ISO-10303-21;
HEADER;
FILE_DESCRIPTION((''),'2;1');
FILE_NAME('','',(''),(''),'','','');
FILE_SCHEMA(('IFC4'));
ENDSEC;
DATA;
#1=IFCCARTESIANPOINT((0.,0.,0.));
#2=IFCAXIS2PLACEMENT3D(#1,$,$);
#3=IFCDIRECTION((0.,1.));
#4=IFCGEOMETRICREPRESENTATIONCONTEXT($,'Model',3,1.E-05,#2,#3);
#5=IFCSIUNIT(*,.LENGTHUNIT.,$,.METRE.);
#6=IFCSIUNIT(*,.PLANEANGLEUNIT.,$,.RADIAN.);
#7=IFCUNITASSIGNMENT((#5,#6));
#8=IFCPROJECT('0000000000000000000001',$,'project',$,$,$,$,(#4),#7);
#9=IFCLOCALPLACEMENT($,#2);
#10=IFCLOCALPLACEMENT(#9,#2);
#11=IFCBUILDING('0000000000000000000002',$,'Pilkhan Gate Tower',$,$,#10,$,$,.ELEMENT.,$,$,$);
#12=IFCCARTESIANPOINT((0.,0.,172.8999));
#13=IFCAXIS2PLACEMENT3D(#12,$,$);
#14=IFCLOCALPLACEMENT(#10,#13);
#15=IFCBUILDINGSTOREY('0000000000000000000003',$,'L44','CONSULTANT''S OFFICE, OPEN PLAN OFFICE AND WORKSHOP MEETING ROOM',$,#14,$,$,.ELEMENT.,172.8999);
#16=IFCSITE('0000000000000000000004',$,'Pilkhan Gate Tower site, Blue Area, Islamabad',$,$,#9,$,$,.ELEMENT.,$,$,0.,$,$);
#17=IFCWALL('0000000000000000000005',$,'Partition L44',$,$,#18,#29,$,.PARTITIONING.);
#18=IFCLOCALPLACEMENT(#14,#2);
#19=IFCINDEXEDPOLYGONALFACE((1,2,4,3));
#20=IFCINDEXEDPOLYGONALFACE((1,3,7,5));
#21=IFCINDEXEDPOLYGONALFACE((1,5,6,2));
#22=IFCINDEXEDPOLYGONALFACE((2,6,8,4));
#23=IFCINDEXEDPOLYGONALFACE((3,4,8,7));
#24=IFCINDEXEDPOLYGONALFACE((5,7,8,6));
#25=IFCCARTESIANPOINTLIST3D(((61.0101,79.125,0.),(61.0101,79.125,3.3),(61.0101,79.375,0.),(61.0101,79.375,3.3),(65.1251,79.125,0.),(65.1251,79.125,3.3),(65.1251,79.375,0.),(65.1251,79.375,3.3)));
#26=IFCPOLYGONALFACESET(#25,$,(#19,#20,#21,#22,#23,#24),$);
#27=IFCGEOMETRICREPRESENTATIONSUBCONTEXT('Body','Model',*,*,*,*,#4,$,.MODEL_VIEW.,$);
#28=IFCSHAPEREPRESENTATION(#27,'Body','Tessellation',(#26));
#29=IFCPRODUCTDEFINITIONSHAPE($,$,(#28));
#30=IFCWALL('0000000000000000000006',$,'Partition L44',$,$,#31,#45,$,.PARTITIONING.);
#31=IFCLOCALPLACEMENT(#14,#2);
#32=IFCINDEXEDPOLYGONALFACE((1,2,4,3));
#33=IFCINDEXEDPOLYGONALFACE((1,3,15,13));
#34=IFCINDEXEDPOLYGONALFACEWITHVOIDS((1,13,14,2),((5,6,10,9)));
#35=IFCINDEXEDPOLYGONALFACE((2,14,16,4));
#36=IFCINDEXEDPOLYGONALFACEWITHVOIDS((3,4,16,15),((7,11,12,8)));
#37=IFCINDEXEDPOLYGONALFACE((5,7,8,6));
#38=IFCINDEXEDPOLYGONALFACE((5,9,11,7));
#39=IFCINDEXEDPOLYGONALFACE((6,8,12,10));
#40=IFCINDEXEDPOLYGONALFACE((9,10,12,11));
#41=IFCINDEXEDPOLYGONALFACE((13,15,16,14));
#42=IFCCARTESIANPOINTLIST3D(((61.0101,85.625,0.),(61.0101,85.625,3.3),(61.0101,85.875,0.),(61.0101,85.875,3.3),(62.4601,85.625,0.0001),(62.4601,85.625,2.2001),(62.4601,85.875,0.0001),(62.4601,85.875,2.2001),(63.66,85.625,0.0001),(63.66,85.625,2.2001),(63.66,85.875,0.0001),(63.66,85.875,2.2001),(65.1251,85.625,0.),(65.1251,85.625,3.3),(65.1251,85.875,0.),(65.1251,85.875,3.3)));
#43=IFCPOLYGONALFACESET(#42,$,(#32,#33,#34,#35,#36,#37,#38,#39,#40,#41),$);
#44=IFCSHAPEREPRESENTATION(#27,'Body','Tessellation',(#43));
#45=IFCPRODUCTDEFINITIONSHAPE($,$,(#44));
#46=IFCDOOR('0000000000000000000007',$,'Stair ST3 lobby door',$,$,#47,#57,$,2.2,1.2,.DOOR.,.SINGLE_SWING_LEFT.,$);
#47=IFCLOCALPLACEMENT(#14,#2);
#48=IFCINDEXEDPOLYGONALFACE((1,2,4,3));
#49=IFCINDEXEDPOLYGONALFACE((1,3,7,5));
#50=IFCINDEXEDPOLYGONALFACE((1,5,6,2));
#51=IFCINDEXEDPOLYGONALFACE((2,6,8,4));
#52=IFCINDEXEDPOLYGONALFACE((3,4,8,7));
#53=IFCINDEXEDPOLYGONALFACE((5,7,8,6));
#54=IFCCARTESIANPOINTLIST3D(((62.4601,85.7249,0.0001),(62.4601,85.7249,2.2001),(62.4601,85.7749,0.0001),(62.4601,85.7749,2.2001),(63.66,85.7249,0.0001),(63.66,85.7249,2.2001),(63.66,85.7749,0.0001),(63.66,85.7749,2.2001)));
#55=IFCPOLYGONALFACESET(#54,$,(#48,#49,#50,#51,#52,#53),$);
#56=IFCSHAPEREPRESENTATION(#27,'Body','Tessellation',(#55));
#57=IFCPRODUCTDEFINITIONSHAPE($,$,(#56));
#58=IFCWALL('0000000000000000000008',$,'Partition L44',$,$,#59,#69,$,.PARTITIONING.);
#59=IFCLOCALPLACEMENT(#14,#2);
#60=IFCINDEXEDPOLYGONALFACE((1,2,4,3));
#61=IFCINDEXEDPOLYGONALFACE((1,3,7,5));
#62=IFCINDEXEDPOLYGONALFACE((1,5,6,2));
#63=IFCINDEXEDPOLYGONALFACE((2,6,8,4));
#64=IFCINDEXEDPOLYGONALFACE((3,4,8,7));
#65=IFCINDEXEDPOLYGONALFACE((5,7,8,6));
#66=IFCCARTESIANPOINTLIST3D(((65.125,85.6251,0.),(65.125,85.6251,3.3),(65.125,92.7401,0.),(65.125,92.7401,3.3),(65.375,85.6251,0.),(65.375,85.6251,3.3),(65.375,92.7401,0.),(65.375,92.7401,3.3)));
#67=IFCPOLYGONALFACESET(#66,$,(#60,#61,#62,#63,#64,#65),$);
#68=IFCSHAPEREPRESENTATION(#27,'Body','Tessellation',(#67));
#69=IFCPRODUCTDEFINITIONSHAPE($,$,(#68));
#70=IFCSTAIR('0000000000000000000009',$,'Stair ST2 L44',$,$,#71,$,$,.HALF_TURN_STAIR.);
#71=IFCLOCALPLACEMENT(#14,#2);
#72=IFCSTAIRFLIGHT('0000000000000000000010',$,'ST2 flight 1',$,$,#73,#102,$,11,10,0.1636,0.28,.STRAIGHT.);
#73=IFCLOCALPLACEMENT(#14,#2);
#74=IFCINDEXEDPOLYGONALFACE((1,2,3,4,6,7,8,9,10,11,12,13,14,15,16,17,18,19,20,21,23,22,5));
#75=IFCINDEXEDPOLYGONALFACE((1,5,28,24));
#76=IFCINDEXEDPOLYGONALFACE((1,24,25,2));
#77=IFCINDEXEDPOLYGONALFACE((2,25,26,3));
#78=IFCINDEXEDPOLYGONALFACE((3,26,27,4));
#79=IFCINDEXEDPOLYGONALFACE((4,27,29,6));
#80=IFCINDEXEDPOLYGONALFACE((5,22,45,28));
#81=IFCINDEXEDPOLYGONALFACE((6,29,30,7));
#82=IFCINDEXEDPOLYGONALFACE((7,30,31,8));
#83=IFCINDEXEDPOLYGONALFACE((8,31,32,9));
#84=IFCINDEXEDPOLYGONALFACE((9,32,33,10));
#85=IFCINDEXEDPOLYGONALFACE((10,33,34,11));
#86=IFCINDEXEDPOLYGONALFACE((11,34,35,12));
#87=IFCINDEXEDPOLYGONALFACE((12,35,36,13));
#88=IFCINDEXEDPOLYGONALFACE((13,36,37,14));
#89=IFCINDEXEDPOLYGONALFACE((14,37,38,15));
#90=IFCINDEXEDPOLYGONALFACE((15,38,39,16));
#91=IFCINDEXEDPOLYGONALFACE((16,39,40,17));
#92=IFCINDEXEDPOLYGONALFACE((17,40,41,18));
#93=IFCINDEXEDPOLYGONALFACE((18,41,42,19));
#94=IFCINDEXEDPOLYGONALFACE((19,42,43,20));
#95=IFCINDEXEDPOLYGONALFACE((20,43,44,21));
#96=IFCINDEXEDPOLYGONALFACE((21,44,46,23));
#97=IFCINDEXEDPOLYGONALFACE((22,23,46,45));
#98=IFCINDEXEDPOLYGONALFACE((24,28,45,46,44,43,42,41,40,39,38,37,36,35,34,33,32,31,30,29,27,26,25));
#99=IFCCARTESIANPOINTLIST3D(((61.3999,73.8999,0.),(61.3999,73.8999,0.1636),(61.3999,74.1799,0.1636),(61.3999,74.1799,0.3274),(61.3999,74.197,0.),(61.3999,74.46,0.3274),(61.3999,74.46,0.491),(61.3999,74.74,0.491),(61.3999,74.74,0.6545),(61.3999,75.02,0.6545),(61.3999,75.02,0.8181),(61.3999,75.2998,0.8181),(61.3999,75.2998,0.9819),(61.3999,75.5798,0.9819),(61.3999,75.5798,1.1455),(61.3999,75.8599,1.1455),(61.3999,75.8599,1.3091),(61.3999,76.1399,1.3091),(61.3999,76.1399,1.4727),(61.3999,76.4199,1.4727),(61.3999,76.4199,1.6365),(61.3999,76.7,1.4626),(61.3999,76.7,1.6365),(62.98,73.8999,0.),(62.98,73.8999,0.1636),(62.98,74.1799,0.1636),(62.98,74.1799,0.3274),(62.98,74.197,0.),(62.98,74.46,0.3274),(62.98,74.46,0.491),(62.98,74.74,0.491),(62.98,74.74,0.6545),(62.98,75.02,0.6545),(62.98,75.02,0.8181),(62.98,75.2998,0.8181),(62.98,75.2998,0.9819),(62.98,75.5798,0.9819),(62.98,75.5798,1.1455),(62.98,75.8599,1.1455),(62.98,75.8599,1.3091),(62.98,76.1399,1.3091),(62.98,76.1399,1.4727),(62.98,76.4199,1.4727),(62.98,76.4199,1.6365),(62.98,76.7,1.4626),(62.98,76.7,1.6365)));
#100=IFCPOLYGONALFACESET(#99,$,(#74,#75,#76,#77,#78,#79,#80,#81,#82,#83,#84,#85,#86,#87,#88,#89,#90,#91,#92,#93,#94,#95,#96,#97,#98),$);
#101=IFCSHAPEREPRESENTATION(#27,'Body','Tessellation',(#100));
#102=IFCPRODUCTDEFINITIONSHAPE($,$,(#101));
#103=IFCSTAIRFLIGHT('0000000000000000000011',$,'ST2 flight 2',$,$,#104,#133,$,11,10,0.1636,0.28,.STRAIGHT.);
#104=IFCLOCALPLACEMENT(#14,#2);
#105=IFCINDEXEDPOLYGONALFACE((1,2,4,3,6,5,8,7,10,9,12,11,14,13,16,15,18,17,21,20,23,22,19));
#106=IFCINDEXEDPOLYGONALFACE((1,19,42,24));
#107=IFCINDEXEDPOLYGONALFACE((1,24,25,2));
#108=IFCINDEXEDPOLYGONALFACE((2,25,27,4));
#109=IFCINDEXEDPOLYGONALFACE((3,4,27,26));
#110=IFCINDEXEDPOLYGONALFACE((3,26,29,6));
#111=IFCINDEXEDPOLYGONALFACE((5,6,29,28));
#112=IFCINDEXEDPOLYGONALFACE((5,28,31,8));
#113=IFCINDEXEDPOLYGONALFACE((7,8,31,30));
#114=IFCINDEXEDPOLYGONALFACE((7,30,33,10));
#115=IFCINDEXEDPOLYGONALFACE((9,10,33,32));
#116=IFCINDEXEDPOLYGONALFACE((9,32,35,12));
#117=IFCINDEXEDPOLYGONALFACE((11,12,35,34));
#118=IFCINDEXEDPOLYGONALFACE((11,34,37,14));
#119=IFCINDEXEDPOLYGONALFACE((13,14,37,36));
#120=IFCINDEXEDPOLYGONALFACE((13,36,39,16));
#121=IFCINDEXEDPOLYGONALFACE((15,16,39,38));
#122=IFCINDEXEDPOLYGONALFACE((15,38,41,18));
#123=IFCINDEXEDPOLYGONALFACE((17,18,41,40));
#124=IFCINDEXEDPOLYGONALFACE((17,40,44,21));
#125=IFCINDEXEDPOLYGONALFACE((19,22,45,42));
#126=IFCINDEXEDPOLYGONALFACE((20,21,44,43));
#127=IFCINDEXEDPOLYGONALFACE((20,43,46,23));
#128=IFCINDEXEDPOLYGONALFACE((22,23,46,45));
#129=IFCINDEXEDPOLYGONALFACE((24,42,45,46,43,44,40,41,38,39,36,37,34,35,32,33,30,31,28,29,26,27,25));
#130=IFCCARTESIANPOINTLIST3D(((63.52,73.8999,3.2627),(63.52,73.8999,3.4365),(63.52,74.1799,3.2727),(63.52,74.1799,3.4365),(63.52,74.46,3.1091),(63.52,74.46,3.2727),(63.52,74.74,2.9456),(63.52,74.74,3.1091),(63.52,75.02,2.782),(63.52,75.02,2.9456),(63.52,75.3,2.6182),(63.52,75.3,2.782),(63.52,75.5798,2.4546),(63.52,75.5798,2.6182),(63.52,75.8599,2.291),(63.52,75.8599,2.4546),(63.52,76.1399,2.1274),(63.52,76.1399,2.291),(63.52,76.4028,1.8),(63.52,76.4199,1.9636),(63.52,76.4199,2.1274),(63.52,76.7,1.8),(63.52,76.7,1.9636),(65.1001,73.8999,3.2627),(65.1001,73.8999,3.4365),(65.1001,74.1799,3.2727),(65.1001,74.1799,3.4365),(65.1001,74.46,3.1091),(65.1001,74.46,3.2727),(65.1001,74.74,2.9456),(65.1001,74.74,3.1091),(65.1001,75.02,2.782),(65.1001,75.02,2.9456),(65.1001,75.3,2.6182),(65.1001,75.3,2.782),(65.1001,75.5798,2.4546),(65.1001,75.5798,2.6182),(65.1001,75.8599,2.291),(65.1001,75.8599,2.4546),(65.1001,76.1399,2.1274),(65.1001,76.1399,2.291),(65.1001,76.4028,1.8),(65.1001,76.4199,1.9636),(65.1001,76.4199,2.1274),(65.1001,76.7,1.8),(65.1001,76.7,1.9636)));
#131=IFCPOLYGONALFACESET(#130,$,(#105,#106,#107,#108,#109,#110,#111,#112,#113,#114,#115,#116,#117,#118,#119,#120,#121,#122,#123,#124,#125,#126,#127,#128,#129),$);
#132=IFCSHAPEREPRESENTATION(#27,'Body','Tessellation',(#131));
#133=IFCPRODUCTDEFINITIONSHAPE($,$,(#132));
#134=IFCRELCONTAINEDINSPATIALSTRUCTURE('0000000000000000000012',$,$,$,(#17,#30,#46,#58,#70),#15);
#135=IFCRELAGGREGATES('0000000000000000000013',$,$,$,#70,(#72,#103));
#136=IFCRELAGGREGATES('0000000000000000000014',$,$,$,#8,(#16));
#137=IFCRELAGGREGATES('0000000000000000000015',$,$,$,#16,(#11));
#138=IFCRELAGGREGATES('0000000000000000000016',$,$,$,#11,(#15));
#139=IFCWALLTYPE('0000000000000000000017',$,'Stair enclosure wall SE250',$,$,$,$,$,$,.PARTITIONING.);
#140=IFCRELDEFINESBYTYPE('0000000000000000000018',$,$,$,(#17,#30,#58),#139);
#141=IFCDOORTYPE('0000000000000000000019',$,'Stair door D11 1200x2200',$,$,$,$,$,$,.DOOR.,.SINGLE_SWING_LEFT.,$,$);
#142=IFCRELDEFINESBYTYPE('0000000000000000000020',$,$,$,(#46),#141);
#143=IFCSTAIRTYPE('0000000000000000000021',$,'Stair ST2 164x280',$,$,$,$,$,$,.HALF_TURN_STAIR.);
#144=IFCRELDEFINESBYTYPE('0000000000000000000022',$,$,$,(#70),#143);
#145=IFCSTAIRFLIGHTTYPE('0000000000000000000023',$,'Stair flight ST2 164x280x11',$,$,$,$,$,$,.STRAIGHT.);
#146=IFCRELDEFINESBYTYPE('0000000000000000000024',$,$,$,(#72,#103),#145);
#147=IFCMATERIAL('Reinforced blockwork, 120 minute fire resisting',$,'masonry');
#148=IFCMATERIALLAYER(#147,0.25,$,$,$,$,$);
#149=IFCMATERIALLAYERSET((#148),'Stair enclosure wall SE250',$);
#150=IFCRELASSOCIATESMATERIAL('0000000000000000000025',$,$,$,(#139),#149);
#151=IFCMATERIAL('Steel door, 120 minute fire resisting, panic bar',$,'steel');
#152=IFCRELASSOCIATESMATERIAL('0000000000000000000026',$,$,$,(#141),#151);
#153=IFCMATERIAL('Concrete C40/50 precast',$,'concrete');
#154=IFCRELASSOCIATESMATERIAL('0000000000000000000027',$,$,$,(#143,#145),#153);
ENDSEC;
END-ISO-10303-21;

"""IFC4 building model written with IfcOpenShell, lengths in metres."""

from ifc_helpers import new_model, si_unit, direction, frame, frame_2d, origin, place, context, subcontext, project, spatial, polyline, rectangle, outline, extrude, material, layer, layer_set, type_object, element, fill, aggregate, save


model = new_model("IFC4")

# Units and contexts
model_context = context("Model", 3, precision=1e-05, world=origin(), true_north=direction((0.0, 1.0)))
body_context = subcontext(model_context, "Body", "Model", "MODEL_VIEW")
ifc_project = project(units=[si_unit("LENGTHUNIT", "METRE"), si_unit("PLANEANGLEUNIT", "RADIAN")], contexts=[model_context])

# Site, building, storey
site_placement = place(None, origin())
site = spatial("IfcSite", under=ifc_project, at=site_placement, Name="Pilkhan Gate Tower site, Blue Area, Islamabad", CompositionType="ELEMENT", RefElevation=0.0)
building_placement = place(site_placement, origin())
building = spatial("IfcBuilding", under=site, at=building_placement, Name="Pilkhan Gate Tower", CompositionType="ELEMENT")
storey_placement = place(building_placement, frame((0.0, 0.0, 172.8999)))
storey = spatial("IfcBuildingStorey", under=building, at=storey_placement, Name="L44", Description="CONSULTANT'S OFFICE, OPEN PLAN OFFICE AND WORKSHOP MEETING ROOM", CompositionType="ELEMENT", Elevation=172.8999)

# Wall
ifc_material_1 = material(Name="Reinforced blockwork, 120 minute fire resisting", Category="masonry")
ifc_layer_1 = layer(ifc_material_1, 0.25)
ifc_layer_set_1 = layer_set([ifc_layer_1], Name="Stair enclosure wall SE250")
wall_type_1 = type_object("IfcWallType", Name="Stair enclosure wall SE250", PredefinedType="PARTITIONING", material=ifc_layer_set_1)
wall_1_placement = place(storey_placement, frame((61.01, 79.25, 0.0), z_axis=(0.0, 0.0, 1.0), x_axis=(1.0, 0.0, 0.0)))
element("IfcWall", 1, at=wall_1_placement, inside=storey, type_object=wall_type_1, Name="Partition L44", PredefinedType="PARTITIONING", context=body_context, shape_type="SweptSolid", body=[
    extrude(rectangle(XDim=4.115, YDim=0.25, at=frame_2d((2.0576, 0.0))), origin(), (0.0, 0.0, 1.0), 3.3),
])

# Wall, opening, door
wall_2_placement = place(storey_placement, frame((61.01, 85.75, 0.0), z_axis=(0.0, 0.0, 1.0), x_axis=(1.0, 0.0, 0.0)))
wall_2 = element("IfcWall", 2, at=wall_2_placement, inside=storey, type_object=wall_type_1, Name="Partition L44", PredefinedType="PARTITIONING", context=body_context, shape_type="SweptSolid", body=[
    extrude(rectangle(XDim=4.115, YDim=0.25, at=frame_2d((2.0576, 0.0))), origin(), (0.0, 0.0, 1.0), 3.3),
])
opening_1_placement = place(wall_2_placement, frame((1.45, 0.0, 0.0)))
opening_1 = element("IfcOpeningElement", 3, at=opening_1_placement, cuts=wall_2, PredefinedType="OPENING", context=body_context, shape_type="SweptSolid", body=[
    extrude(rectangle(XDim=1.2, YDim=2.2, at=frame_2d((0.6001, 1.1001))), frame((0.0, 0.135, 0.0), z_axis=(0.0, -1.0, 0.0), x_axis=(1.0, 0.0, 0.0)), (0.0, 0.0, 1.0), 0.27),
])
ifc_material_2 = material(Name="Steel door, 120 minute fire resisting, panic bar", Category="steel")
door_type_1 = type_object("IfcDoorType", Name="Stair door D11 1200x2200", OperationType="SINGLE_SWING_LEFT", PredefinedType="DOOR", material=ifc_material_2)
door_1_placement = place(opening_1_placement, origin())
door_1 = element("IfcDoor", 4, at=door_1_placement, inside=storey, type_object=door_type_1, Name="Stair ST3 lobby door", OperationType="SINGLE_SWING_LEFT", OverallHeight=2.2, OverallWidth=1.2, PredefinedType="DOOR", context=body_context, shape_type="SweptSolid", body=[
    extrude(rectangle(XDim=1.2, YDim=2.2, at=frame_2d((0.6001, 1.1001))), frame((0.0, 0.0249, 0.0), z_axis=(0.0, -1.0, 0.0), x_axis=(1.0, 0.0, 0.0)), (0.0, 0.0, 1.0), 0.05),
])
fill(opening_1, door_1)

# Wall
wall_3_placement = place(storey_placement, frame((65.25, 85.625, 0.0), z_axis=(0.0, 0.0, 1.0), x_axis=(0.0, 1.0, 0.0)))
element("IfcWall", 5, at=wall_3_placement, inside=storey, type_object=wall_type_1, Name="Partition L44", PredefinedType="PARTITIONING", context=body_context, shape_type="SweptSolid", body=[
    extrude(rectangle(XDim=7.115, YDim=0.25, at=frame_2d((3.5576, 0.0))), origin(), (0.0, 0.0, 1.0), 3.3),
])

# Stair, stair flights
ifc_material_3 = material(Name="Concrete C40/50 precast", Category="concrete")
stair_type = type_object("IfcStairType", Name="Stair ST2 164x280", PredefinedType="HALF_TURN_STAIR", material=ifc_material_3)
stair_placement = place(storey_placement, origin())
stair = element("IfcStair", 6, at=stair_placement, inside=storey, type_object=stair_type, Name="Stair ST2 L44", PredefinedType="HALF_TURN_STAIR")
stair_flight_type = type_object("IfcStairFlightType", Name="Stair flight ST2 164x280x11", PredefinedType="STRAIGHT", material=ifc_material_3)
stair_flight_1_placement = place(storey_placement, frame((62.1899, 73.8999, 0.0), z_axis=(0.0, 0.0, 1.0), x_axis=(0.0, 1.0, 0.0)))
stair_flight_1 = element("IfcStairFlight", 7, at=stair_flight_1_placement, type_object=stair_flight_type, Name="ST2 flight 1", NumberOfRisers=11, NumberOfTreads=10, PredefinedType="STRAIGHT", RiserHeight=0.1636, TreadLength=0.28, context=body_context, shape_type="SweptSolid", body=[
    extrude(outline(polyline([(0.0, 0.0), (0.0, 0.1636), (0.28, 0.1636), (0.28, 0.3274), (0.5601, 0.3274), (0.5601, 0.491), (0.8401, 0.491), (0.8401, 0.6545), (1.1201, 0.6545), (1.1201, 0.8181), (1.3999, 0.8181), (1.3999, 0.9819), (1.6799, 0.9819), (1.6799, 1.1455), (1.96, 1.1455), (1.96, 1.3091), (2.24, 1.3091), (2.24, 1.4727), (2.52, 1.4727), (2.52, 1.6365), (2.8, 1.6365), (2.8, 1.8), (2.8, 1.4626), (0.2971, 0.0), (0.0, 0.0)])), frame((0.0, 0.79, 0.0), z_axis=(0.0, -1.0, 0.0), x_axis=(1.0, 0.0, 0.0)), (0.0, 0.0, 1.0), 1.5801),
])
stair_flight_2_placement = place(storey_placement, frame((64.3101, 76.7, 1.8), z_axis=(0.0, 0.0, 1.0), x_axis=(0.0, -1.0, 0.0)))
stair_flight_2 = element("IfcStairFlight", 8, at=stair_flight_2_placement, type_object=stair_flight_type, Name="ST2 flight 2", NumberOfRisers=11, NumberOfTreads=10, PredefinedType="STRAIGHT", RiserHeight=0.1636, TreadLength=0.28, context=body_context, shape_type="SweptSolid", body=[
    extrude(outline(polyline([(0.0, 0.0), (0.0, 0.1636), (0.28, 0.1636), (0.28, 0.3274), (0.5601, 0.3274), (0.5601, 0.491), (0.8401, 0.491), (0.8401, 0.6545), (1.1201, 0.6545), (1.1201, 0.8181), (1.3999, 0.8181), (1.3999, 0.9819), (1.6799, 0.9819), (1.6799, 1.1455), (1.96, 1.1455), (1.96, 1.3091), (2.24, 1.3091), (2.24, 1.4727), (2.52, 1.4727), (2.52, 1.6365), (2.8, 1.6365), (2.8, 1.8), (2.8, 1.4626), (0.2971, 0.0), (0.0, 0.0)])), frame((0.0, 0.79, 0.0), z_axis=(0.0, -1.0, 0.0), x_axis=(1.0, 0.0, 0.0)), (0.0, 0.0, 1.0), 1.5801),
])
aggregate(stair, [stair_flight_1, stair_flight_2])

save(model, "model.ifc")
